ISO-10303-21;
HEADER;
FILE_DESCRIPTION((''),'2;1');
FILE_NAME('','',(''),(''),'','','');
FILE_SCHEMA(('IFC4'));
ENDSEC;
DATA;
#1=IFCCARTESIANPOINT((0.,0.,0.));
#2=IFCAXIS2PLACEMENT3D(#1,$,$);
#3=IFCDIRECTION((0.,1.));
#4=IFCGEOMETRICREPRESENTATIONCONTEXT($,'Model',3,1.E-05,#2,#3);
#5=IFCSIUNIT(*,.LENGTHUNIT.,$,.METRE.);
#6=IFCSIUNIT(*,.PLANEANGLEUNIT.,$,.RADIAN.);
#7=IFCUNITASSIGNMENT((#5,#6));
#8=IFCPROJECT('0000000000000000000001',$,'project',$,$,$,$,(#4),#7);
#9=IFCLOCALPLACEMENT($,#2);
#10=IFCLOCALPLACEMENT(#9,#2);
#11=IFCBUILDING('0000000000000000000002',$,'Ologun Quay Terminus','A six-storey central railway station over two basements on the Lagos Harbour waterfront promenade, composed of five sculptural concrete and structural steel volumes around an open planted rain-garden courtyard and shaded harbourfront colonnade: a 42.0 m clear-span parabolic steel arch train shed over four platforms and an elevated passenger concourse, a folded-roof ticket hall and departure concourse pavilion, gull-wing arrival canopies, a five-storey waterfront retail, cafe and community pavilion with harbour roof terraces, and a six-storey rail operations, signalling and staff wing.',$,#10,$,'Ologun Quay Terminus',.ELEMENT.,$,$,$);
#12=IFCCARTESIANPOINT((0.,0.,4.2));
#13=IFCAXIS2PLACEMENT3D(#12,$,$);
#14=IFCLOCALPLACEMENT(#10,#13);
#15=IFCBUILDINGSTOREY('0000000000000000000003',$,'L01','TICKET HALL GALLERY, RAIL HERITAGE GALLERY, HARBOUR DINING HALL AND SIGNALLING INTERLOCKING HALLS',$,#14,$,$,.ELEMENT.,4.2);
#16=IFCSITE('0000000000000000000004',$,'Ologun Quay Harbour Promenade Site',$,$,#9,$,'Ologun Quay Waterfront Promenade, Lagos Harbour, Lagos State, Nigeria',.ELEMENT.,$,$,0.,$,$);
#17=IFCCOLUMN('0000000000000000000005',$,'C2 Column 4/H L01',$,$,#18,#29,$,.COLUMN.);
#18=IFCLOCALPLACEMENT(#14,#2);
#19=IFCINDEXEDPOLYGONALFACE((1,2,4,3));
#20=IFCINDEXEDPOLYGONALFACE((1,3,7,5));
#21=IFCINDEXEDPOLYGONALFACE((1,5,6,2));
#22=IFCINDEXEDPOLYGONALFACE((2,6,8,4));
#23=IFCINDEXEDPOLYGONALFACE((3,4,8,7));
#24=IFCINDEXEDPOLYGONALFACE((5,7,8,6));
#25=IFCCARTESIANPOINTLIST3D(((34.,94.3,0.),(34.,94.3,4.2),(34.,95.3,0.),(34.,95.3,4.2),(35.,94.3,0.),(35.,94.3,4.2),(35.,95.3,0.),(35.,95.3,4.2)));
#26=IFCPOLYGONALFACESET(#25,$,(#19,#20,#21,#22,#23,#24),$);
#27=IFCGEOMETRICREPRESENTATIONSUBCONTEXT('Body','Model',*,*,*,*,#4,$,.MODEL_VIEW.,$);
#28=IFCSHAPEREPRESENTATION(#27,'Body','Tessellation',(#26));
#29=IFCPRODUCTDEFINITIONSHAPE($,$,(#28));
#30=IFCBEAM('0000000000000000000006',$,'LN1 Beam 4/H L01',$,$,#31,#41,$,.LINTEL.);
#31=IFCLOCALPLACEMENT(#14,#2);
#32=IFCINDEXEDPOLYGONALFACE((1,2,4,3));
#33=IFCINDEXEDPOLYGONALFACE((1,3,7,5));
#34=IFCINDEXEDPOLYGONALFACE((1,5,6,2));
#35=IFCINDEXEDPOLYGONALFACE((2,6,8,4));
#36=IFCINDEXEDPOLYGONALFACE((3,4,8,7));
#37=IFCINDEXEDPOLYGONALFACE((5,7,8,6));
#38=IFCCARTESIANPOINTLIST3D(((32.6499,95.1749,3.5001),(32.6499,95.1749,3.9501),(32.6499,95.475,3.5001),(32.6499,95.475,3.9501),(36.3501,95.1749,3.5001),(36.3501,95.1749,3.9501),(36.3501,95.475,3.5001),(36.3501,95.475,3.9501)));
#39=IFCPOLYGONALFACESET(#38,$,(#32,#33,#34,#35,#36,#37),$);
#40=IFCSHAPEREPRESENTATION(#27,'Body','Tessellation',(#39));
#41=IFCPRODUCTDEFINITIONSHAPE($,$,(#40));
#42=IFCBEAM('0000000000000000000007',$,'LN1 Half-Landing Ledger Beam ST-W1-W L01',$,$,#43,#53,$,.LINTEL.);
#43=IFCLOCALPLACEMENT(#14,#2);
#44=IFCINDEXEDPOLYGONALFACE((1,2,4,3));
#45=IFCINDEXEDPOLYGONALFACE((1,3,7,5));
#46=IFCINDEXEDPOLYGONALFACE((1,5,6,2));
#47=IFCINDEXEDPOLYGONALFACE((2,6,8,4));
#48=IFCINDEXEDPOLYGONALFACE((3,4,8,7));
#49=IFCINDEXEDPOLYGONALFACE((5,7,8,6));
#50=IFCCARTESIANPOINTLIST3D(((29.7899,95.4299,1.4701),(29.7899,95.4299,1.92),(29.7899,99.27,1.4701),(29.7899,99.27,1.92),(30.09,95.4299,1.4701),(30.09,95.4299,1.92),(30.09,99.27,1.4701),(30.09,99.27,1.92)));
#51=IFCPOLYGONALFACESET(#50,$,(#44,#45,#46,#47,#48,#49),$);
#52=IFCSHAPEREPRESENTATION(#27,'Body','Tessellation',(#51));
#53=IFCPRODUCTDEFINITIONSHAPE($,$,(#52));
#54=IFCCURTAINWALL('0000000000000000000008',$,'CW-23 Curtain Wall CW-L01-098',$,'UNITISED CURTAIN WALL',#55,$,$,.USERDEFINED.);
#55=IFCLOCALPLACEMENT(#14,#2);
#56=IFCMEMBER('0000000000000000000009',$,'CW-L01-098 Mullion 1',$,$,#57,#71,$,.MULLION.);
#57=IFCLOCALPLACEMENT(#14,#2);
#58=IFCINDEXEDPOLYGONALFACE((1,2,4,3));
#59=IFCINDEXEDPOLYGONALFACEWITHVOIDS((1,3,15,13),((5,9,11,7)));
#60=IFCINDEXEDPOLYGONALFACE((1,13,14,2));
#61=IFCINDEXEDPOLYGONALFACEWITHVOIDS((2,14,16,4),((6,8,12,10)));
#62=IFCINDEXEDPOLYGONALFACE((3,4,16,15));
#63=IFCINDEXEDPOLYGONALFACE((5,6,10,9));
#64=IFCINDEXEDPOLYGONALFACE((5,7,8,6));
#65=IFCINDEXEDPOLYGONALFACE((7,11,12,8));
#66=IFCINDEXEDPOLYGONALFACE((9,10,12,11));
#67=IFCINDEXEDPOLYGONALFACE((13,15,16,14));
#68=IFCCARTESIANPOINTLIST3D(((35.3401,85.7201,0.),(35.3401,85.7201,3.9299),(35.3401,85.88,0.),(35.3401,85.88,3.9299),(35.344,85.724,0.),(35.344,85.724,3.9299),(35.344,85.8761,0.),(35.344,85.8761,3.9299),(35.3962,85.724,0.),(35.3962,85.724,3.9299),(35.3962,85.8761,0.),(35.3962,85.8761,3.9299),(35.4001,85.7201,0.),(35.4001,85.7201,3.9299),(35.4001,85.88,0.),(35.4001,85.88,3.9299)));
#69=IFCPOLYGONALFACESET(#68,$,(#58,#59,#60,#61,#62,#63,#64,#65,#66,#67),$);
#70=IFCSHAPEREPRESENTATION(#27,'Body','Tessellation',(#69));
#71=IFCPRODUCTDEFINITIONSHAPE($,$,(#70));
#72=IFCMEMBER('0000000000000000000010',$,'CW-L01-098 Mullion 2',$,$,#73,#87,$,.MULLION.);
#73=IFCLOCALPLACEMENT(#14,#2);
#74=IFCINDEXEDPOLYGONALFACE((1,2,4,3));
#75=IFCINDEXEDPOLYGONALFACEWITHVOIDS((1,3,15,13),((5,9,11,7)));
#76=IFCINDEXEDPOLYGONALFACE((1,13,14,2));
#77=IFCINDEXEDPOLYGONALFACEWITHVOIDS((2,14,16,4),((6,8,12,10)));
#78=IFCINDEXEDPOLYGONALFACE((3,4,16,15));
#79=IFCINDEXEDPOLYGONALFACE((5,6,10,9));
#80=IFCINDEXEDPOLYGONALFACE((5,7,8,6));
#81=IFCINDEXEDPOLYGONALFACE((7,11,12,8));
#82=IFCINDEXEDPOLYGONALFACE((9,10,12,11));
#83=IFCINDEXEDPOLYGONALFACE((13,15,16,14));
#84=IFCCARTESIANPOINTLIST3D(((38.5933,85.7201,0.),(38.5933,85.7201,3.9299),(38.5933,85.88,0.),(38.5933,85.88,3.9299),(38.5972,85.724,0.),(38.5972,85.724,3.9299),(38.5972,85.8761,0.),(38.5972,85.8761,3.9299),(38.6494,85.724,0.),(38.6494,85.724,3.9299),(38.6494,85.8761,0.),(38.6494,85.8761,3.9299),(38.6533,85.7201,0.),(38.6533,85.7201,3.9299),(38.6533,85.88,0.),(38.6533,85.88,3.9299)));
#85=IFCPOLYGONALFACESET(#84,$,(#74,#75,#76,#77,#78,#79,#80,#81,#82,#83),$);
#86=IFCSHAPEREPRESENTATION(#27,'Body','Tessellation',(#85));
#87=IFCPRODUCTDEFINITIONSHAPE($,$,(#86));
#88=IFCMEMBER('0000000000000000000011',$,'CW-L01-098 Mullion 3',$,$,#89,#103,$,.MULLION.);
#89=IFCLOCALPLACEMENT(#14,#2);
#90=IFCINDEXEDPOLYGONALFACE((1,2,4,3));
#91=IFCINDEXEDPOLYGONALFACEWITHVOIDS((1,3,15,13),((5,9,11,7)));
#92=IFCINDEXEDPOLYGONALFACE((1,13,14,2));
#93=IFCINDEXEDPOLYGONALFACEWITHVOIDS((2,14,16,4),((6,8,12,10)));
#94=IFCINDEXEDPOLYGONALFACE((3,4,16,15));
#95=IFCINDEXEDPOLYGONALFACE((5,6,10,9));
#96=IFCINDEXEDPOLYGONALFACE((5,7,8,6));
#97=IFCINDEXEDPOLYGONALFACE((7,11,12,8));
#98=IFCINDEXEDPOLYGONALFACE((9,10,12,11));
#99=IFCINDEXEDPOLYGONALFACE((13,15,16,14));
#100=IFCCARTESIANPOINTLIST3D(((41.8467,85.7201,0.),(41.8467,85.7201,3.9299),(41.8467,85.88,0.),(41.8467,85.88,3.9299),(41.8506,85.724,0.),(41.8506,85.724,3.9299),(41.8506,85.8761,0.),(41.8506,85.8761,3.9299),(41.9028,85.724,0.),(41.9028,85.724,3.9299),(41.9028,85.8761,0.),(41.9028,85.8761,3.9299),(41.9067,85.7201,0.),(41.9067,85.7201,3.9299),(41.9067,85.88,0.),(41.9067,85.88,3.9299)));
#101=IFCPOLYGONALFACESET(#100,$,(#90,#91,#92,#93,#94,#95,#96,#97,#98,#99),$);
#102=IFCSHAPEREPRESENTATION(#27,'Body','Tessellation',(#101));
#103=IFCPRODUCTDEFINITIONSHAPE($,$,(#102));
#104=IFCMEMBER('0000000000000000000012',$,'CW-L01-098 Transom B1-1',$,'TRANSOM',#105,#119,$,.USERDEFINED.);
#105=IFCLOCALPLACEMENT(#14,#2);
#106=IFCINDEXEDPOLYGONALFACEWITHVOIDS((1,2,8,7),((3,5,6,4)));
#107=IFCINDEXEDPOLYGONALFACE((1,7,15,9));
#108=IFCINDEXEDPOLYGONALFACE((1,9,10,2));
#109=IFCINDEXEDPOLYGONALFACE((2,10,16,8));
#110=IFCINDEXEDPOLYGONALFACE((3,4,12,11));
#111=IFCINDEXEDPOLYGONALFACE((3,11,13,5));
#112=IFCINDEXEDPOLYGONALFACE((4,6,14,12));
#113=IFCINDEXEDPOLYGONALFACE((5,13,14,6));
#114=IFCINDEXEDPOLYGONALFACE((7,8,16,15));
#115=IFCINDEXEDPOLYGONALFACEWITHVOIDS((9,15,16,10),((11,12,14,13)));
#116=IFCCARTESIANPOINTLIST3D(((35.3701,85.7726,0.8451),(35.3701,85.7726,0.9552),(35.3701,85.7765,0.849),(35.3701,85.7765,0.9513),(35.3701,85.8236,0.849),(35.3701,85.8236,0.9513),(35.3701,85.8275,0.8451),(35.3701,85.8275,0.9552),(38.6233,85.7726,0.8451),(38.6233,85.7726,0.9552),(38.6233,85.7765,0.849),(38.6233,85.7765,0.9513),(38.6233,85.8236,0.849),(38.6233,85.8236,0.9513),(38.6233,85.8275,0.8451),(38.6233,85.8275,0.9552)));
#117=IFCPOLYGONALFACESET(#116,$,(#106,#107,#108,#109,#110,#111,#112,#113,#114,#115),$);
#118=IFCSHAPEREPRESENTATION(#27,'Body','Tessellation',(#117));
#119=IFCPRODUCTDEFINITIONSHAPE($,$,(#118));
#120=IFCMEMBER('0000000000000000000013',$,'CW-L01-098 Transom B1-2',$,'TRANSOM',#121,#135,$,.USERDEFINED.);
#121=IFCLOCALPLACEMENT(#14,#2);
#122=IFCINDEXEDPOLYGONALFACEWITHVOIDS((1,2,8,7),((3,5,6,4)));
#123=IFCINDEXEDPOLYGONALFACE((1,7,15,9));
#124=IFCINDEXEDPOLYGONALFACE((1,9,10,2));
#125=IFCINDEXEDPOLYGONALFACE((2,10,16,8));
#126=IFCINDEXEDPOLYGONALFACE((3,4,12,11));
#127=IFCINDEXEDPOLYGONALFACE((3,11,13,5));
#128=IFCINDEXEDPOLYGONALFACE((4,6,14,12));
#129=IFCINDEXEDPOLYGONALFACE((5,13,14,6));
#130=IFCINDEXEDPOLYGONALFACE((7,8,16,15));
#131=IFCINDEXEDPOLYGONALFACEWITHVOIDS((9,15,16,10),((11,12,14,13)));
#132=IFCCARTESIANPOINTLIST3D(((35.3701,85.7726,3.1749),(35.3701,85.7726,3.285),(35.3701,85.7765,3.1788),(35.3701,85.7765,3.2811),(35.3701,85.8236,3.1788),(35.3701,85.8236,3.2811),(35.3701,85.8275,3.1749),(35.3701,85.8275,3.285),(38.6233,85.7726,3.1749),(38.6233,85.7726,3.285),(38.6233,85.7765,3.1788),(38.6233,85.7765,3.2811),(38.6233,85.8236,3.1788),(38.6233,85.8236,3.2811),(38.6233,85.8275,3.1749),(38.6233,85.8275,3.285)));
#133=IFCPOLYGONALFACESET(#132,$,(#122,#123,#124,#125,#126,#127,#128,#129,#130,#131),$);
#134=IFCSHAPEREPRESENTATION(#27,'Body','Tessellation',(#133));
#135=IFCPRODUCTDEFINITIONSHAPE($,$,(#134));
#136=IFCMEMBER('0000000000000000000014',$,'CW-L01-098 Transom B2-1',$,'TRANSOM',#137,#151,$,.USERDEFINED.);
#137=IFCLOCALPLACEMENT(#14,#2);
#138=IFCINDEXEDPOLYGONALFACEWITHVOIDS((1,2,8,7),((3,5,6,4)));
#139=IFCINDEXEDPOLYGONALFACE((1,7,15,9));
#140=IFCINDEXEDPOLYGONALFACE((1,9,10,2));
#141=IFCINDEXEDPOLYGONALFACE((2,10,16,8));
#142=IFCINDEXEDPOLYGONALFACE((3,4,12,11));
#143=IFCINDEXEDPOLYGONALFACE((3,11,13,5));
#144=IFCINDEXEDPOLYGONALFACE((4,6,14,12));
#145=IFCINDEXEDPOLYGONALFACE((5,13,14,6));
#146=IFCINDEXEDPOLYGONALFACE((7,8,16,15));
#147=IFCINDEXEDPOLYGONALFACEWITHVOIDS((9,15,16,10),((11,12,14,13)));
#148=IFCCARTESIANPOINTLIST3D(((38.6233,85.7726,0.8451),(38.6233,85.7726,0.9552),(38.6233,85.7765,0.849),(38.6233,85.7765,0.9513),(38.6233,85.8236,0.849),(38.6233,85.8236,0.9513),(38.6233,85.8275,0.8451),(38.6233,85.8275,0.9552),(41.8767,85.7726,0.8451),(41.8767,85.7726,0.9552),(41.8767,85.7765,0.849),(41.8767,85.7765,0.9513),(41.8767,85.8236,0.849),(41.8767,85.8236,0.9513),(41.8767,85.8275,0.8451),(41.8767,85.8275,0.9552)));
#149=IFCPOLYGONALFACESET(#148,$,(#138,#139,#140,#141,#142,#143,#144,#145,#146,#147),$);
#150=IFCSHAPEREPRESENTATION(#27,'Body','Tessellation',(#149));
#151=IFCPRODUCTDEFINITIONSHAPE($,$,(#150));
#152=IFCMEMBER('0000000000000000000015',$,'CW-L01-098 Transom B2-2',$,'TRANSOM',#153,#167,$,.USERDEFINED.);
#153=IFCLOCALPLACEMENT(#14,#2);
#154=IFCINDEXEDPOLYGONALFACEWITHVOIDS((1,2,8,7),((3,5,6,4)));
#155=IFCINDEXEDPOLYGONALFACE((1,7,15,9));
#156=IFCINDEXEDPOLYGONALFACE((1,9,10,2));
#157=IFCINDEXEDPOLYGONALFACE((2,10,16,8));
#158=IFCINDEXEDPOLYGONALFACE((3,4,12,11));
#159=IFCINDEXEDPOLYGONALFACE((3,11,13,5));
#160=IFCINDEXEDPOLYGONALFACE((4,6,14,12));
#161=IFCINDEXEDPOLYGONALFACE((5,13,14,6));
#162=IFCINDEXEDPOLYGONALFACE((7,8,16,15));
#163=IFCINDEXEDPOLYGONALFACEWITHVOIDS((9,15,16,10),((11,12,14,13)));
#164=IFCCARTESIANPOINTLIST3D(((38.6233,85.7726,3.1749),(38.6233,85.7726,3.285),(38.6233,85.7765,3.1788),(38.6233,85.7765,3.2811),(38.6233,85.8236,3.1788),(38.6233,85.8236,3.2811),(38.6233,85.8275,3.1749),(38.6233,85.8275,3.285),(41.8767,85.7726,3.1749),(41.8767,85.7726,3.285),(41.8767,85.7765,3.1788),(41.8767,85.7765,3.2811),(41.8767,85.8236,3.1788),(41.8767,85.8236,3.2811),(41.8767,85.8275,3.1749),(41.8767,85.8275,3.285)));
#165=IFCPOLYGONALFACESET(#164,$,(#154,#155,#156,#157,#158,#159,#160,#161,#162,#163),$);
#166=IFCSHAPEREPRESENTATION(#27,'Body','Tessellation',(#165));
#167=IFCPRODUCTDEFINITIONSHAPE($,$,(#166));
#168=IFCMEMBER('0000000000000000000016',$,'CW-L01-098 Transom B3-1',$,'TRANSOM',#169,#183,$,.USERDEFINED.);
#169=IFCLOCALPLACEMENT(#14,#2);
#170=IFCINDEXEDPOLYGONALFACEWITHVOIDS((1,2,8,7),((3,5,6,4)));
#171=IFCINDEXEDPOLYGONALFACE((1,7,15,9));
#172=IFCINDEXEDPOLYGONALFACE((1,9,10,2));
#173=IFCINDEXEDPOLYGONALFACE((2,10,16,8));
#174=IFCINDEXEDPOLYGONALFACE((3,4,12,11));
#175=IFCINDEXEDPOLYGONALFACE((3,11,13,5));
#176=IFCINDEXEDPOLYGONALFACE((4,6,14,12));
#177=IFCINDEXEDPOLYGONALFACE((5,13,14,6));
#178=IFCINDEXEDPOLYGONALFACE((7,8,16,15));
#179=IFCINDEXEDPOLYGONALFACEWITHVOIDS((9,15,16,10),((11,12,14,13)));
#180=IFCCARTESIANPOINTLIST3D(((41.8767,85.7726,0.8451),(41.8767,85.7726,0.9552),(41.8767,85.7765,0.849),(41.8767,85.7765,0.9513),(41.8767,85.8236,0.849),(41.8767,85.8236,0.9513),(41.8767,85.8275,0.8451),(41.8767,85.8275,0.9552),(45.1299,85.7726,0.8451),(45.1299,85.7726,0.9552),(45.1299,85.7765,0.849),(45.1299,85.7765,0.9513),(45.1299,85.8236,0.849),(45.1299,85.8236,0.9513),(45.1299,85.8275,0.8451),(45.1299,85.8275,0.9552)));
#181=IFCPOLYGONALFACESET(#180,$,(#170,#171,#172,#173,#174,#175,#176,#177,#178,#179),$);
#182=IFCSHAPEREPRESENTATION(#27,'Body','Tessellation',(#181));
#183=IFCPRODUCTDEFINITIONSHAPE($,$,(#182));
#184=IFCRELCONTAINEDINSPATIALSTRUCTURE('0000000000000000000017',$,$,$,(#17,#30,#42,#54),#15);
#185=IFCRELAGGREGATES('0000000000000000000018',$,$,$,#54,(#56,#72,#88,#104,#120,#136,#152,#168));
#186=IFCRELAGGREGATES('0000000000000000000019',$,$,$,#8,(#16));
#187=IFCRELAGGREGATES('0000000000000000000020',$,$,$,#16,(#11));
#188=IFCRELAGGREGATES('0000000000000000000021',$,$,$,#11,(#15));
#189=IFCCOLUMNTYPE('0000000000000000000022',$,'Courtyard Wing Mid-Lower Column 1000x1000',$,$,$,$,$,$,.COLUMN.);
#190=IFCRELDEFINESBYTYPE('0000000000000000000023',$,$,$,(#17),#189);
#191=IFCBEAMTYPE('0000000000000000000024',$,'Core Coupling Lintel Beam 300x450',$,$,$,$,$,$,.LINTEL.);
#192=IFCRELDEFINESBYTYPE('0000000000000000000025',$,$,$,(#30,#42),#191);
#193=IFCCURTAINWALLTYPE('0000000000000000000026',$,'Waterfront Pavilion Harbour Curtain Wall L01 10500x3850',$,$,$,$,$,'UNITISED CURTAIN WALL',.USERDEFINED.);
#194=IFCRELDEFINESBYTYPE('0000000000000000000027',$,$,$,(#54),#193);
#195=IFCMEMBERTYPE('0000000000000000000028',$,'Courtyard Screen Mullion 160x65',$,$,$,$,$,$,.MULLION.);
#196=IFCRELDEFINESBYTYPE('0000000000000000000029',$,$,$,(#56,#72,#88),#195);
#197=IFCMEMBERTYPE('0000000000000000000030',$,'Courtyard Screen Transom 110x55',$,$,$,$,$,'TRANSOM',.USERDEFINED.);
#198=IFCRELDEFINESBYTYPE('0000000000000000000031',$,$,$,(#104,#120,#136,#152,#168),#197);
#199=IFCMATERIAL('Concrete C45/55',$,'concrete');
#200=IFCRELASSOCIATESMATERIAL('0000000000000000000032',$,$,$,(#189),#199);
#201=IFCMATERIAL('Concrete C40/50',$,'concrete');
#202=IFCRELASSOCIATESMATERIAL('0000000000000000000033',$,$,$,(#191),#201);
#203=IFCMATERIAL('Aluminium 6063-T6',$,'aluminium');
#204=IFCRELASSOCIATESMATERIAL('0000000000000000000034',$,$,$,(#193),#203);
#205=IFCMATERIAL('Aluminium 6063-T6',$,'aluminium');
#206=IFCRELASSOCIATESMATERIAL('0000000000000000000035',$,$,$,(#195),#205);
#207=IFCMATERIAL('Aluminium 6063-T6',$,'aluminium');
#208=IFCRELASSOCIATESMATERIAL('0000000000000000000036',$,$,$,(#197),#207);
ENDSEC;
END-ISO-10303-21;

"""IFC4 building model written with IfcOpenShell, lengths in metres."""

from ifc_helpers import new_model, si_unit, direction, frame, origin, origin_2d, place, context, subcontext, project, spatial, rectangle, hollow_rectangle, extrude, material, material_profile, profile_set, type_object, element, aggregate, save


model = new_model("IFC4")

# Units and contexts
model_context = context("Model", 3, precision=1e-05, world=origin(), true_north=direction((0.0, 1.0)))
body_context = subcontext(model_context, "Body", "Model", "MODEL_VIEW")
ifc_project = project(units=[si_unit("LENGTHUNIT", "METRE"), si_unit("PLANEANGLEUNIT", "RADIAN")], contexts=[model_context])

# Site, building, storey
site_placement = place(None, origin())
site = spatial("IfcSite", under=ifc_project, at=site_placement, Name="Ologun Quay Harbour Promenade Site", LongName="Ologun Quay Waterfront Promenade, Lagos Harbour, Lagos State, Nigeria", CompositionType="ELEMENT", RefElevation=0.0)
building_placement = place(site_placement, origin())
building = spatial("IfcBuilding", under=site, at=building_placement, Name="Ologun Quay Terminus", Description="A six-storey central railway station over two basements on the Lagos Harbour waterfront promenade, composed of five sculptural concrete and structural steel volumes around an open planted rain-garden courtyard and shaded harbourfront colonnade: a 42.0 m clear-span parabolic steel arch train shed over four platforms and an elevated passenger concourse, a folded-roof ticket hall and departure concourse pavilion, gull-wing arrival canopies, a five-storey waterfront retail, cafe and community pavilion with harbour roof terraces, and a six-storey rail operations, signalling and staff wing.", LongName="Ologun Quay Terminus", CompositionType="ELEMENT")
storey_placement = place(building_placement, frame((0.0, 0.0, 4.2)))
storey = spatial("IfcBuildingStorey", under=building, at=storey_placement, Name="L01", Description="TICKET HALL GALLERY, RAIL HERITAGE GALLERY, HARBOUR DINING HALL AND SIGNALLING INTERLOCKING HALLS", CompositionType="ELEMENT", Elevation=4.2)

# Column
ifc_material_1 = material(Name="Concrete C45/55", Category="concrete")
ifc_material_profile_1 = material_profile(ifc_material_1, rectangle(XDim=1.0, YDim=1.0, at=origin_2d()), Name="RC 1000x1000")
ifc_profile_set_1 = profile_set([ifc_material_profile_1], Name="Concrete C45/55")
column_type = type_object("IfcColumnType", Name="Courtyard Wing Mid-Lower Column 1000x1000", PredefinedType="COLUMN", material=ifc_profile_set_1)
column_placement = place(storey_placement, frame((34.5, 94.8, 0.0), z_axis=(0.0, 0.0, 1.0), x_axis=(1.0, 0.0, 0.0)))
element("IfcColumn", 1, at=column_placement, inside=storey, type_object=column_type, Name="C2 Column 4/H L01", PredefinedType="COLUMN", context=body_context, shape_type="SweptSolid", body=[
    extrude(rectangle(XDim=1.0, YDim=1.0, at=origin_2d()), origin(), (0.0, 0.0, 1.0), 4.2),
])

# Beams
ifc_material_2 = material(Name="Concrete C40/50", Category="concrete")
ifc_material_profile_2 = material_profile(ifc_material_2, rectangle(XDim=0.3, YDim=0.45, at=origin_2d()), Name="RC 300x450")
ifc_profile_set_2 = profile_set([ifc_material_profile_2], Name="Concrete C40/50")
beam_type_1 = type_object("IfcBeamType", Name="Core Coupling Lintel Beam 300x450", PredefinedType="LINTEL", material=ifc_profile_set_2)
beam_1_placement = place(storey_placement, frame((32.6499, 95.325, 3.7251), z_axis=(1.0, 0.0, 0.0), x_axis=(0.0, 1.0, 0.0)))
element("IfcBeam", 2, at=beam_1_placement, inside=storey, type_object=beam_type_1, Name="LN1 Beam 4/H L01", PredefinedType="LINTEL", context=body_context, shape_type="SweptSolid", body=[
    extrude(rectangle(XDim=0.3, YDim=0.45, at=origin_2d()), origin(), (0.0, 0.0, 1.0), 3.7002),
])
beam_2_placement = place(storey_placement, frame((29.9399, 95.4299, 1.6951), z_axis=(0.0, 1.0, 0.0), x_axis=(-1.0, 0.0, 0.0)))
element("IfcBeam", 3, at=beam_2_placement, inside=storey, type_object=beam_type_1, Name="LN1 Half-Landing Ledger Beam ST-W1-W L01", PredefinedType="LINTEL", context=body_context, shape_type="SweptSolid", body=[
    extrude(rectangle(XDim=0.3, YDim=0.45, at=origin_2d()), origin(), (0.0, 0.0, 1.0), 3.8401),
])

# Curtain wall, members
ifc_material_3 = material(Name="Aluminium 6063-T6", Category="aluminium")
curtain_wall_type = type_object("IfcCurtainWallType", Name="Waterfront Pavilion Harbour Curtain Wall L01 10500x3850", ElementType="UNITISED CURTAIN WALL", PredefinedType="USERDEFINED", material=ifc_material_3)
curtain_wall_placement = place(storey_placement, origin())
curtain_wall = element("IfcCurtainWall", 4, at=curtain_wall_placement, inside=storey, type_object=curtain_wall_type, Name="CW-23 Curtain Wall CW-L01-098", ObjectType="UNITISED CURTAIN WALL", PredefinedType="USERDEFINED")
ifc_material_4 = material(Name="Aluminium 6063-T6", Category="aluminium")
ifc_material_profile_3 = material_profile(ifc_material_4, hollow_rectangle(XDim=0.0601, YDim=0.1599, WallThickness=0.0039, at=origin_2d()), Name="ALU 160x60x4")
ifc_profile_set_3 = profile_set([ifc_material_profile_3], Name="Aluminium 6063-T6")
member_type_1 = type_object("IfcMemberType", Name="Courtyard Screen Mullion 160x65", PredefinedType="MULLION", material=ifc_profile_set_3)
member_1_placement = place(storey_placement, frame((35.3701, 85.8, 0.0), z_axis=(0.0, 0.0, 1.0), x_axis=(1.0, 0.0, 0.0)))
member_1 = element("IfcMember", 5, at=member_1_placement, type_object=member_type_1, Name="CW-L01-098 Mullion 1", PredefinedType="MULLION", context=body_context, shape_type="SweptSolid", body=[
    extrude(hollow_rectangle(XDim=0.0601, YDim=0.1599, WallThickness=0.0039, at=origin_2d()), origin(), (0.0, 0.0, 1.0), 3.9299),
])
member_2_placement = place(storey_placement, frame((38.6233, 85.8, 0.0), z_axis=(0.0, 0.0, 1.0), x_axis=(1.0, 0.0, 0.0)))
member_2 = element("IfcMember", 6, at=member_2_placement, type_object=member_type_1, Name="CW-L01-098 Mullion 2", PredefinedType="MULLION", context=body_context, shape_type="SweptSolid", body=[
    extrude(hollow_rectangle(XDim=0.0601, YDim=0.1599, WallThickness=0.0039, at=origin_2d()), origin(), (0.0, 0.0, 1.0), 3.9299),
])
member_3_placement = place(storey_placement, frame((41.8767, 85.8, 0.0), z_axis=(0.0, 0.0, 1.0), x_axis=(1.0, 0.0, 0.0)))
member_3 = element("IfcMember", 7, at=member_3_placement, type_object=member_type_1, Name="CW-L01-098 Mullion 3", PredefinedType="MULLION", context=body_context, shape_type="SweptSolid", body=[
    extrude(hollow_rectangle(XDim=0.0601, YDim=0.1599, WallThickness=0.0039, at=origin_2d()), origin(), (0.0, 0.0, 1.0), 3.9299),
])
ifc_material_5 = material(Name="Aluminium 6063-T6", Category="aluminium")
ifc_material_profile_4 = material_profile(ifc_material_5, hollow_rectangle(XDim=0.0549, YDim=0.1101, WallThickness=0.0039, at=origin_2d()), Name="ALU 110x55x4")
ifc_profile_set_4 = profile_set([ifc_material_profile_4], Name="Aluminium 6063-T6")
member_type_2 = type_object("IfcMemberType", Name="Courtyard Screen Transom 110x55", ElementType="TRANSOM", PredefinedType="USERDEFINED", material=ifc_profile_set_4)
member_4_placement = place(storey_placement, frame((35.3701, 85.8, 0.9001), z_axis=(1.0, 0.0, 0.0), x_axis=(0.0, 1.0, 0.0)))
member_4 = element("IfcMember", 8, at=member_4_placement, type_object=member_type_2, Name="CW-L01-098 Transom B1-1", ObjectType="TRANSOM", PredefinedType="USERDEFINED", context=body_context, shape_type="SweptSolid", body=[
    extrude(hollow_rectangle(XDim=0.0549, YDim=0.1101, WallThickness=0.0039, at=origin_2d()), origin(), (0.0, 0.0, 1.0), 3.2532),
])
member_5_placement = place(storey_placement, frame((35.3701, 85.8, 3.23), z_axis=(1.0, 0.0, 0.0), x_axis=(0.0, 1.0, 0.0)))
member_5 = element("IfcMember", 9, at=member_5_placement, type_object=member_type_2, Name="CW-L01-098 Transom B1-2", ObjectType="TRANSOM", PredefinedType="USERDEFINED", context=body_context, shape_type="SweptSolid", body=[
    extrude(hollow_rectangle(XDim=0.0549, YDim=0.1101, WallThickness=0.0039, at=origin_2d()), origin(), (0.0, 0.0, 1.0), 3.2532),
])
member_6_placement = place(storey_placement, frame((38.6233, 85.8, 0.9001), z_axis=(1.0, 0.0, 0.0), x_axis=(0.0, 1.0, 0.0)))
member_6 = element("IfcMember", 10, at=member_6_placement, type_object=member_type_2, Name="CW-L01-098 Transom B2-1", ObjectType="TRANSOM", PredefinedType="USERDEFINED", context=body_context, shape_type="SweptSolid", body=[
    extrude(hollow_rectangle(XDim=0.0549, YDim=0.1101, WallThickness=0.0039, at=origin_2d()), origin(), (0.0, 0.0, 1.0), 3.2534),
])
member_7_placement = place(storey_placement, frame((38.6233, 85.8, 3.23), z_axis=(1.0, 0.0, 0.0), x_axis=(0.0, 1.0, 0.0)))
member_7 = element("IfcMember", 11, at=member_7_placement, type_object=member_type_2, Name="CW-L01-098 Transom B2-2", ObjectType="TRANSOM", PredefinedType="USERDEFINED", context=body_context, shape_type="SweptSolid", body=[
    extrude(hollow_rectangle(XDim=0.0549, YDim=0.1101, WallThickness=0.0039, at=origin_2d()), origin(), (0.0, 0.0, 1.0), 3.2534),
])
member_8_placement = place(storey_placement, frame((41.8767, 85.8, 0.9001), z_axis=(1.0, 0.0, 0.0), x_axis=(0.0, 1.0, 0.0)))
member_8 = element("IfcMember", 12, at=member_8_placement, type_object=member_type_2, Name="CW-L01-098 Transom B3-1", ObjectType="TRANSOM", PredefinedType="USERDEFINED", context=body_context, shape_type="SweptSolid", body=[
    extrude(hollow_rectangle(XDim=0.0549, YDim=0.1101, WallThickness=0.0039, at=origin_2d()), origin(), (0.0, 0.0, 1.0), 3.2532),
])

aggregate(curtain_wall, [member_1, member_2, member_3, member_4, member_5, member_6, member_7, member_8])

save(model, "model.ifc")
